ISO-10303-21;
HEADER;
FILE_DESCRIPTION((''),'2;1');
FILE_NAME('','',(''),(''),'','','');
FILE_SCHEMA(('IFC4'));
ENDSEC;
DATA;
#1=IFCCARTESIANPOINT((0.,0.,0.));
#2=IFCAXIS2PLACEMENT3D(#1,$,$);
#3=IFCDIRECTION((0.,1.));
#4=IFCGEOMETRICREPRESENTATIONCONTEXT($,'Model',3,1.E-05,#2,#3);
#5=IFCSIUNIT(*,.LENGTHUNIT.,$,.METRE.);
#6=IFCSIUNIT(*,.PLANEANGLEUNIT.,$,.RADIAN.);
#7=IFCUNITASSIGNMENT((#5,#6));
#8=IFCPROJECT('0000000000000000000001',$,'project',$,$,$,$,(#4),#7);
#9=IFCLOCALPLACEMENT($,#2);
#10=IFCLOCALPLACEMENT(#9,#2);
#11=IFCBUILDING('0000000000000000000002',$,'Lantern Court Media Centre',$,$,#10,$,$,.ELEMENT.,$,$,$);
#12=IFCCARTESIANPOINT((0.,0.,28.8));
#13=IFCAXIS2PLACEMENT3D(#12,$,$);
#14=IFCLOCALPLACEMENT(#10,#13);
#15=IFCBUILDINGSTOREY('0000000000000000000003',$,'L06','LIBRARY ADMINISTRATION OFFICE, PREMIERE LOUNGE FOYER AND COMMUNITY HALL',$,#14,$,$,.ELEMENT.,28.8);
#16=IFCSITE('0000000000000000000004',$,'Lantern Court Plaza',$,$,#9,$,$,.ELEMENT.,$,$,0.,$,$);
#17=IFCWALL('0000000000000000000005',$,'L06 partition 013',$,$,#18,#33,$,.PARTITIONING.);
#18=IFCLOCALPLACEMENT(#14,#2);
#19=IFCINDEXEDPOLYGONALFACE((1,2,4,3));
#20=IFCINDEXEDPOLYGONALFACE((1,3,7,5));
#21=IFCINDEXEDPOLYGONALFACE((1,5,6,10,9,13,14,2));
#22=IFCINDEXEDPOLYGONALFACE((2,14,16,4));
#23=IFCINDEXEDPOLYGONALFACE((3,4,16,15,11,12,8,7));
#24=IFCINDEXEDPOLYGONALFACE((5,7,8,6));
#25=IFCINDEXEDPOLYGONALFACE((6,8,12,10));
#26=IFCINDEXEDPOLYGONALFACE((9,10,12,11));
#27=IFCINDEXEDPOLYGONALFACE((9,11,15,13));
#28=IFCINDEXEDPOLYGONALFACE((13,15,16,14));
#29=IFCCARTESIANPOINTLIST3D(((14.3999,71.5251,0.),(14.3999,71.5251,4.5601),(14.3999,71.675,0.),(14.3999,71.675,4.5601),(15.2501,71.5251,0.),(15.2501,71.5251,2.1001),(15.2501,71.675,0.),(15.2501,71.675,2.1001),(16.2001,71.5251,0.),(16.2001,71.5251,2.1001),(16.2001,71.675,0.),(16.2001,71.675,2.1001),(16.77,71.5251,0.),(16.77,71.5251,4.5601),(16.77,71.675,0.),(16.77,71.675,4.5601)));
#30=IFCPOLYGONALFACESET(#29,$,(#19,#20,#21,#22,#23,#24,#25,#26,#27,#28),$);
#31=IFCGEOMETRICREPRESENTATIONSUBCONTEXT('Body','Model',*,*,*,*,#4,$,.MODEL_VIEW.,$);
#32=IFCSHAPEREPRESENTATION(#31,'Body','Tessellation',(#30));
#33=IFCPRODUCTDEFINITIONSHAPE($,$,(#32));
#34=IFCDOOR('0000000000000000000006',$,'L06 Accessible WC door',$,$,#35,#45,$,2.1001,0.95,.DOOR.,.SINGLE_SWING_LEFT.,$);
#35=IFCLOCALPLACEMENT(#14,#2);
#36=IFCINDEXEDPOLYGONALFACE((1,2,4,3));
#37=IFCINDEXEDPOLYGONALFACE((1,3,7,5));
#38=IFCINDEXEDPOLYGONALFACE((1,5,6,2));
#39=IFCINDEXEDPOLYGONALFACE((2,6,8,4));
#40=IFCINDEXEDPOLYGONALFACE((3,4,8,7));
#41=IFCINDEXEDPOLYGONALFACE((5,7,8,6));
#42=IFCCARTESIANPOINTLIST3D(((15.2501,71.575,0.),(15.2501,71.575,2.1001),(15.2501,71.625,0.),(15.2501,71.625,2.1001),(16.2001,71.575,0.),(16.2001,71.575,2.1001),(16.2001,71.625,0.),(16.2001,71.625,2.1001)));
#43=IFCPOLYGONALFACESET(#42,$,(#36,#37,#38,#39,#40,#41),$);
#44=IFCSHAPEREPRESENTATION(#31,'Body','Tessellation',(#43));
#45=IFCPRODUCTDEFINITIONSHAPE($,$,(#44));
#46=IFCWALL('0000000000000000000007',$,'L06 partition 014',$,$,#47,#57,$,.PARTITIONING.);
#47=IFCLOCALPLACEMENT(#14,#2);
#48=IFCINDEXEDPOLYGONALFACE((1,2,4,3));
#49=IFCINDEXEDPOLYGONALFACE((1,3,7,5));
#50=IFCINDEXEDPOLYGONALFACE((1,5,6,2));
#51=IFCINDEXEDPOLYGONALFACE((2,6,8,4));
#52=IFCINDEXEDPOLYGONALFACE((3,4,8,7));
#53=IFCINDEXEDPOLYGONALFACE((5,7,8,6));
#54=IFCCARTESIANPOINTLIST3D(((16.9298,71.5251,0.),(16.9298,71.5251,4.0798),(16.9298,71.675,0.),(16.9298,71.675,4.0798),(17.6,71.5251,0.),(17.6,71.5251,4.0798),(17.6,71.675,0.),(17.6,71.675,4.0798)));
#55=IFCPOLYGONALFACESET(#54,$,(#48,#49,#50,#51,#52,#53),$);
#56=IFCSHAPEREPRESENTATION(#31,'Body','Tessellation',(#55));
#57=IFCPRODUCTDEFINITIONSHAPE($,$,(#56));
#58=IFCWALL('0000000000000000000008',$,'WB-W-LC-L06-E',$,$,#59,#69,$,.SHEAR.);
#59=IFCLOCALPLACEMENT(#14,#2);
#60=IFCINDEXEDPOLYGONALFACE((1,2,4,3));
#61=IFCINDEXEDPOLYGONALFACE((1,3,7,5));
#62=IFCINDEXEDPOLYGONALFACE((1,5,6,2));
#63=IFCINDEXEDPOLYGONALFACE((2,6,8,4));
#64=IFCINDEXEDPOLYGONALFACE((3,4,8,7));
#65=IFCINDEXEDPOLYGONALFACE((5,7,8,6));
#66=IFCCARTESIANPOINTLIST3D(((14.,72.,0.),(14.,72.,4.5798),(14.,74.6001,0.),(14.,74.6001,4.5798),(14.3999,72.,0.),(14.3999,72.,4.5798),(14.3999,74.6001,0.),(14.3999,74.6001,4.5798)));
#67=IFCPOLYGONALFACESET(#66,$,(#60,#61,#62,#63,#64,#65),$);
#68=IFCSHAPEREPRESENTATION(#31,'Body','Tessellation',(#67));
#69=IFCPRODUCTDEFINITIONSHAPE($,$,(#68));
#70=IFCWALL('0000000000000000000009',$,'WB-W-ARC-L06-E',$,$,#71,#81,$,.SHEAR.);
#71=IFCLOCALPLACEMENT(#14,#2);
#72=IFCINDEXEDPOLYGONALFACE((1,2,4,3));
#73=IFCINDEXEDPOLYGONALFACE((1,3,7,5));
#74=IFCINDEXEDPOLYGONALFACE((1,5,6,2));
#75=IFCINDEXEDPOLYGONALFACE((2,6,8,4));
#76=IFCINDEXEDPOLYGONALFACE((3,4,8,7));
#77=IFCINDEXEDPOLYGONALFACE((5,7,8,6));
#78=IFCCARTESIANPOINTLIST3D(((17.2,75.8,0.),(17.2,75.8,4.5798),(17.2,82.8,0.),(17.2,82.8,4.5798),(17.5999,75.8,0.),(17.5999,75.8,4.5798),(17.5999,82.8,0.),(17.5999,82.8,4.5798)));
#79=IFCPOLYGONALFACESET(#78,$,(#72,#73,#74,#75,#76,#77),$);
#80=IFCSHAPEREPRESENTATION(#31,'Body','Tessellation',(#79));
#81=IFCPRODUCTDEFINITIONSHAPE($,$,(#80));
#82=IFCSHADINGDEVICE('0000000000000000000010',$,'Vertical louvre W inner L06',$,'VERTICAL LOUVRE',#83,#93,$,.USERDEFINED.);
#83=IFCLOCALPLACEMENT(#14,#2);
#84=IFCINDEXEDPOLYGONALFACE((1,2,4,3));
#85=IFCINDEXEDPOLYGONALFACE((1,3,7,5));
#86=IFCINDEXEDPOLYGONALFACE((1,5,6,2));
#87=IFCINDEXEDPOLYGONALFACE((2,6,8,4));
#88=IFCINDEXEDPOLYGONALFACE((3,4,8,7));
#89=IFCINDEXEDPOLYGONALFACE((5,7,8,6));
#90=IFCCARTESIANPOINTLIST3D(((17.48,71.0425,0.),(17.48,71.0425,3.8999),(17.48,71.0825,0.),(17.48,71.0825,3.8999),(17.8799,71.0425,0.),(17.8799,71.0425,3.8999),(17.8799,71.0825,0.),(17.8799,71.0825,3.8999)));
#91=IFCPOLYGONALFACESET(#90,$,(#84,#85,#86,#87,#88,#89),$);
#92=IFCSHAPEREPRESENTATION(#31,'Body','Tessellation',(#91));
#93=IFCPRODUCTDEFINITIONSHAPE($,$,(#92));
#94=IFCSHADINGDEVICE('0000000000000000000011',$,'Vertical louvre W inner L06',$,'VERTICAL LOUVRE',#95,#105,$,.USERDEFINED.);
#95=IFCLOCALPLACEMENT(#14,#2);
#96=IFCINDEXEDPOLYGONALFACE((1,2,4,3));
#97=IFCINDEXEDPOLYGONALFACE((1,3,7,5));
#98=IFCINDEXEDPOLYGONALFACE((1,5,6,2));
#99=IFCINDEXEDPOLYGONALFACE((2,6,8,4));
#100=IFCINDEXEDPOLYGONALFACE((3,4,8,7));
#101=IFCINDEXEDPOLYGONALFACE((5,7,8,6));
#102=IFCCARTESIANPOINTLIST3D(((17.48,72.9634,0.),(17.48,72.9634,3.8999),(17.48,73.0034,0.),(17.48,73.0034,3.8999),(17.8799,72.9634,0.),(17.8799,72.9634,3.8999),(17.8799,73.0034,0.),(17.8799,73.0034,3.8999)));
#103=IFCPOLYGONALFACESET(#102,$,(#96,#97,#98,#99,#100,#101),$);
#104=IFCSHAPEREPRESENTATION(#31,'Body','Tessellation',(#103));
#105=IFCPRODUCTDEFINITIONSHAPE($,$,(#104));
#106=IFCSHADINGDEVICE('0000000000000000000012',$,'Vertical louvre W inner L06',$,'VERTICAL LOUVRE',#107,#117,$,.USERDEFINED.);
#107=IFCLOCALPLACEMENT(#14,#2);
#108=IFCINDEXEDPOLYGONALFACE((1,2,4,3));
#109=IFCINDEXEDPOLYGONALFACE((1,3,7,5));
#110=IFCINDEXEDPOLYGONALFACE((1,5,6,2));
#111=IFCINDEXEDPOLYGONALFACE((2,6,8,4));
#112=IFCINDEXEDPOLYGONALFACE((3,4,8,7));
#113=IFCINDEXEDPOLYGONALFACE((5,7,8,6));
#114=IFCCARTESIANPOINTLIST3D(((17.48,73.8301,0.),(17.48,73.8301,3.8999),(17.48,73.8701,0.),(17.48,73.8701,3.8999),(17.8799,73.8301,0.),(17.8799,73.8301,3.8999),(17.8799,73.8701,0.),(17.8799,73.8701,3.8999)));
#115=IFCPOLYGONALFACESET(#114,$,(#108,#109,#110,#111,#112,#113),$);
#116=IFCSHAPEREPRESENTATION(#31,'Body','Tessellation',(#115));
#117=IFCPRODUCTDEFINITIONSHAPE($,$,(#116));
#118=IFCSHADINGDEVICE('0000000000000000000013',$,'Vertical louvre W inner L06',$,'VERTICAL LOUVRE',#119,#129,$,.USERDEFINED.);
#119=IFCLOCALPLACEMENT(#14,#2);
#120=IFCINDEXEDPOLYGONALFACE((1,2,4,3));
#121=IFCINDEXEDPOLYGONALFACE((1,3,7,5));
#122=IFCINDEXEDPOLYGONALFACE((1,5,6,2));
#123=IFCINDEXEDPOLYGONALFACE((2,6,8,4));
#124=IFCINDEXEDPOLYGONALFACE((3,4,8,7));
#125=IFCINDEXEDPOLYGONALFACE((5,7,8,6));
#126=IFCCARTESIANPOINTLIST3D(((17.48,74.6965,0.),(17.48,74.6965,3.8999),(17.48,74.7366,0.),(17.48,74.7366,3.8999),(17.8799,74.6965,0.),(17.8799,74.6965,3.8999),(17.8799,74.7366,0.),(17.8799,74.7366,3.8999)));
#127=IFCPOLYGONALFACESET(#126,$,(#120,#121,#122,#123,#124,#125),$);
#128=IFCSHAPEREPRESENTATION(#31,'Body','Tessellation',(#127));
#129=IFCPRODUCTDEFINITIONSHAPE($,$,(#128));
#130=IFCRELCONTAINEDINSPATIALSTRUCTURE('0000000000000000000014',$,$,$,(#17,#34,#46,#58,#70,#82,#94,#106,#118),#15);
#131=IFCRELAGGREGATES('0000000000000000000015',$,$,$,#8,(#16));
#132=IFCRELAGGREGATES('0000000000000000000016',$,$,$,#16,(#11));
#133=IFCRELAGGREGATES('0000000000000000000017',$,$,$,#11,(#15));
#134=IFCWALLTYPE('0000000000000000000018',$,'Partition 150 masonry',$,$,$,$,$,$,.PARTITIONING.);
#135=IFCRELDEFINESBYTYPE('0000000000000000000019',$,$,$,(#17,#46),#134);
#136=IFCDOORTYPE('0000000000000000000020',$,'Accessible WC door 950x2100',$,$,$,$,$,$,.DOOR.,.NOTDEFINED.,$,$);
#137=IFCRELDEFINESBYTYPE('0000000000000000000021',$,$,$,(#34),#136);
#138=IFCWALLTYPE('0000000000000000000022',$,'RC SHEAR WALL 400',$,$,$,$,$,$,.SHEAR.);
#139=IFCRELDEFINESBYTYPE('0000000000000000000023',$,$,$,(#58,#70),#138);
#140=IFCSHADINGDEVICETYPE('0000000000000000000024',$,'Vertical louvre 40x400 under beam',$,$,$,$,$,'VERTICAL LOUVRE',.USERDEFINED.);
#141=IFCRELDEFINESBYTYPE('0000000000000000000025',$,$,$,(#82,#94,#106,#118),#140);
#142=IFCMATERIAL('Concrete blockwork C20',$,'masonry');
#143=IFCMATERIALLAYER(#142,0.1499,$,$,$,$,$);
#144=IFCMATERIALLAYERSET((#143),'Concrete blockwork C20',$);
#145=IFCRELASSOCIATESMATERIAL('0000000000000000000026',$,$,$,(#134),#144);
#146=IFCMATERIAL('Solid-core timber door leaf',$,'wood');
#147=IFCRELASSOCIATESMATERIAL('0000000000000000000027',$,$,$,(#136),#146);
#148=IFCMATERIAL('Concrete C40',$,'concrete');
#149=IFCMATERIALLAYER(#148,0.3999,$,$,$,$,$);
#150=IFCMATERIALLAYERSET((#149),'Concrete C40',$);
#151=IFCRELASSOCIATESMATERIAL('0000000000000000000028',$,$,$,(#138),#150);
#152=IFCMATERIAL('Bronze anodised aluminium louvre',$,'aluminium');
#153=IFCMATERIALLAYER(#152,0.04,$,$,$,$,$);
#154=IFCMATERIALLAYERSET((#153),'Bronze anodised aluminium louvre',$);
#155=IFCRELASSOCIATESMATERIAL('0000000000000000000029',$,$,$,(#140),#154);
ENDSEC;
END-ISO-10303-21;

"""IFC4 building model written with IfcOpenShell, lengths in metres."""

from ifc_helpers import new_model, si_unit, direction, frame, frame_2d, origin, origin_2d, place, context, subcontext, project, spatial, rectangle, extrude, material, layer, layer_set, type_object, element, fill, save


model = new_model("IFC4")

# Units and contexts
model_context = context("Model", 3, precision=1e-05, world=origin(), true_north=direction((0.0, 1.0)))
body_context = subcontext(model_context, "Body", "Model", "MODEL_VIEW")
ifc_project = project(units=[si_unit("LENGTHUNIT", "METRE"), si_unit("PLANEANGLEUNIT", "RADIAN")], contexts=[model_context])

# Site, building, storey
site_placement = place(None, origin())
site = spatial("IfcSite", under=ifc_project, at=site_placement, Name="Lantern Court Plaza", CompositionType="ELEMENT", RefElevation=0.0)
building_placement = place(site_placement, origin())
building = spatial("IfcBuilding", under=site, at=building_placement, Name="Lantern Court Media Centre", CompositionType="ELEMENT")
storey_placement = place(building_placement, frame((0.0, 0.0, 28.8)))
storey = spatial("IfcBuildingStorey", under=building, at=storey_placement, Name="L06", Description="LIBRARY ADMINISTRATION OFFICE, PREMIERE LOUNGE FOYER AND COMMUNITY HALL", CompositionType="ELEMENT", Elevation=28.8)

# Wall, opening, door
ifc_material_1 = material(Name="Concrete blockwork C20", Category="masonry")
ifc_layer_1 = layer(ifc_material_1, 0.1499)
ifc_layer_set_1 = layer_set([ifc_layer_1], Name="Concrete blockwork C20")
wall_type_1 = type_object("IfcWallType", Name="Partition 150 masonry", PredefinedType="PARTITIONING", material=ifc_layer_set_1)
wall_1_placement = place(storey_placement, frame((14.3999, 71.6001, 0.0), z_axis=(0.0, 0.0, 1.0), x_axis=(1.0, 0.0, 0.0)))
wall_1 = element("IfcWall", 1, at=wall_1_placement, inside=storey, type_object=wall_type_1, Name="L06 partition 013", PredefinedType="PARTITIONING", context=body_context, shape_type="SweptSolid", body=[
    extrude(rectangle(XDim=2.3701, YDim=0.1499, at=frame_2d((1.1851, 0.0))), origin(), (0.0, 0.0, 1.0), 4.5601),
])
opening_placement = place(wall_1_placement, frame((0.8501, 0.0, 0.0)))
opening = element("IfcOpeningElement", 2, at=opening_placement, cuts=wall_1, PredefinedType="OPENING", context=body_context, shape_type="SweptSolid", body=[
    extrude(rectangle(XDim=0.95, YDim=2.1001, at=frame_2d((0.4751, 1.05))), frame((0.0, 0.085, 0.0), z_axis=(0.0, -1.0, 0.0), x_axis=(1.0, 0.0, 0.0)), (0.0, 0.0, 1.0), 0.1699),
])
ifc_material_2 = material(Name="Solid-core timber door leaf", Category="wood")
door_type = type_object("IfcDoorType", Name="Accessible WC door 950x2100", OperationType="NOTDEFINED", PredefinedType="DOOR", material=ifc_material_2)
door_placement = place(opening_placement, origin())
door = element("IfcDoor", 3, at=door_placement, inside=storey, type_object=door_type, Name="L06 Accessible WC door", OperationType="SINGLE_SWING_LEFT", OverallHeight=2.1001, OverallWidth=0.95, PredefinedType="DOOR", context=body_context, shape_type="SweptSolid", body=[
    extrude(rectangle(XDim=0.95, YDim=2.1001, at=frame_2d((0.4751, 1.05))), frame((0.0, 0.0249, 0.0), z_axis=(0.0, -1.0, 0.0), x_axis=(1.0, 0.0, 0.0)), (0.0, 0.0, 1.0), 0.05),
])
fill(opening, door)

# Walls
wall_2_placement = place(storey_placement, frame((16.9299, 71.6001, 0.0), z_axis=(0.0, 0.0, 1.0), x_axis=(1.0, 0.0, 0.0)))
element("IfcWall", 4, at=wall_2_placement, inside=storey, type_object=wall_type_1, Name="L06 partition 014", PredefinedType="PARTITIONING", context=body_context, shape_type="SweptSolid", body=[
    extrude(rectangle(XDim=0.6702, YDim=0.1499, at=frame_2d((0.335, 0.0))), origin(), (0.0, 0.0, 1.0), 4.0798),
])
ifc_material_3 = material(Name="Concrete C40", Category="concrete")
ifc_layer_2 = layer(ifc_material_3, 0.3999)
ifc_layer_set_2 = layer_set([ifc_layer_2], Name="Concrete C40")
wall_type_2 = type_object("IfcWallType", Name="RC SHEAR WALL 400", PredefinedType="SHEAR", material=ifc_layer_set_2)
wall_3_placement = place(storey_placement, frame((14.2, 72.0, 0.0), z_axis=(0.0, 0.0, 1.0), x_axis=(0.0, 1.0, 0.0)))
element("IfcWall", 5, at=wall_3_placement, inside=storey, type_object=wall_type_2, Name="WB-W-LC-L06-E", PredefinedType="SHEAR", context=body_context, shape_type="SweptSolid", body=[
    extrude(rectangle(XDim=2.6001, YDim=0.3999, at=frame_2d((1.3, 0.0))), origin(), (0.0, 0.0, 1.0), 4.5798),
])
wall_4_placement = place(storey_placement, frame((17.3999, 75.8, 0.0), z_axis=(0.0, 0.0, 1.0), x_axis=(0.0, 1.0, 0.0)))
element("IfcWall", 6, at=wall_4_placement, inside=storey, type_object=wall_type_2, Name="WB-W-ARC-L06-E", PredefinedType="SHEAR", context=body_context, shape_type="SweptSolid", body=[
    extrude(rectangle(XDim=7.0, YDim=0.3999, at=frame_2d((3.5, 0.0))), origin(), (0.0, 0.0, 1.0), 4.5798),
])

# Shading devices
ifc_material_4 = material(Name="Bronze anodised aluminium louvre", Category="aluminium")
ifc_layer_3 = layer(ifc_material_4, 0.04)
ifc_layer_set_3 = layer_set([ifc_layer_3], Name="Bronze anodised aluminium louvre")
shading_device_type = type_object("IfcShadingDeviceType", Name="Vertical louvre 40x400 under beam", ElementType="VERTICAL LOUVRE", PredefinedType="USERDEFINED", material=ifc_layer_set_3)
for number, where, z_axis, x_axis, name in (
    (7, (17.6799, 71.0625, 0.0), (0.0, 0.0, 1.0), (1.0, 0.0, 0.0), "Vertical louvre W inner L06"),
    (8, (17.6799, 72.9834, 0.0), (0.0, 0.0, 1.0), (1.0, 0.0, 0.0), "Vertical louvre W inner L06"),
    (9, (17.6799, 73.8501, 0.0), (0.0, 0.0, 1.0), (1.0, 0.0, 0.0), "Vertical louvre W inner L06"),
    (10, (17.6799, 74.7166, 0.0), (0.0, 0.0, 1.0), (1.0, 0.0, 0.0), "Vertical louvre W inner L06"),
):
    element("IfcShadingDevice", number, at=place(storey_placement, frame(where, z_axis=z_axis, x_axis=x_axis)), inside=storey, type_object=shading_device_type, Name=name, ObjectType="VERTICAL LOUVRE", PredefinedType="USERDEFINED", context=body_context, shape_type="SweptSolid", body=[
        extrude(rectangle(XDim=0.3999, YDim=0.04, at=origin_2d()), origin(), (0.0, 0.0, 1.0), 3.8999),
    ])

save(model, "model.ifc")
